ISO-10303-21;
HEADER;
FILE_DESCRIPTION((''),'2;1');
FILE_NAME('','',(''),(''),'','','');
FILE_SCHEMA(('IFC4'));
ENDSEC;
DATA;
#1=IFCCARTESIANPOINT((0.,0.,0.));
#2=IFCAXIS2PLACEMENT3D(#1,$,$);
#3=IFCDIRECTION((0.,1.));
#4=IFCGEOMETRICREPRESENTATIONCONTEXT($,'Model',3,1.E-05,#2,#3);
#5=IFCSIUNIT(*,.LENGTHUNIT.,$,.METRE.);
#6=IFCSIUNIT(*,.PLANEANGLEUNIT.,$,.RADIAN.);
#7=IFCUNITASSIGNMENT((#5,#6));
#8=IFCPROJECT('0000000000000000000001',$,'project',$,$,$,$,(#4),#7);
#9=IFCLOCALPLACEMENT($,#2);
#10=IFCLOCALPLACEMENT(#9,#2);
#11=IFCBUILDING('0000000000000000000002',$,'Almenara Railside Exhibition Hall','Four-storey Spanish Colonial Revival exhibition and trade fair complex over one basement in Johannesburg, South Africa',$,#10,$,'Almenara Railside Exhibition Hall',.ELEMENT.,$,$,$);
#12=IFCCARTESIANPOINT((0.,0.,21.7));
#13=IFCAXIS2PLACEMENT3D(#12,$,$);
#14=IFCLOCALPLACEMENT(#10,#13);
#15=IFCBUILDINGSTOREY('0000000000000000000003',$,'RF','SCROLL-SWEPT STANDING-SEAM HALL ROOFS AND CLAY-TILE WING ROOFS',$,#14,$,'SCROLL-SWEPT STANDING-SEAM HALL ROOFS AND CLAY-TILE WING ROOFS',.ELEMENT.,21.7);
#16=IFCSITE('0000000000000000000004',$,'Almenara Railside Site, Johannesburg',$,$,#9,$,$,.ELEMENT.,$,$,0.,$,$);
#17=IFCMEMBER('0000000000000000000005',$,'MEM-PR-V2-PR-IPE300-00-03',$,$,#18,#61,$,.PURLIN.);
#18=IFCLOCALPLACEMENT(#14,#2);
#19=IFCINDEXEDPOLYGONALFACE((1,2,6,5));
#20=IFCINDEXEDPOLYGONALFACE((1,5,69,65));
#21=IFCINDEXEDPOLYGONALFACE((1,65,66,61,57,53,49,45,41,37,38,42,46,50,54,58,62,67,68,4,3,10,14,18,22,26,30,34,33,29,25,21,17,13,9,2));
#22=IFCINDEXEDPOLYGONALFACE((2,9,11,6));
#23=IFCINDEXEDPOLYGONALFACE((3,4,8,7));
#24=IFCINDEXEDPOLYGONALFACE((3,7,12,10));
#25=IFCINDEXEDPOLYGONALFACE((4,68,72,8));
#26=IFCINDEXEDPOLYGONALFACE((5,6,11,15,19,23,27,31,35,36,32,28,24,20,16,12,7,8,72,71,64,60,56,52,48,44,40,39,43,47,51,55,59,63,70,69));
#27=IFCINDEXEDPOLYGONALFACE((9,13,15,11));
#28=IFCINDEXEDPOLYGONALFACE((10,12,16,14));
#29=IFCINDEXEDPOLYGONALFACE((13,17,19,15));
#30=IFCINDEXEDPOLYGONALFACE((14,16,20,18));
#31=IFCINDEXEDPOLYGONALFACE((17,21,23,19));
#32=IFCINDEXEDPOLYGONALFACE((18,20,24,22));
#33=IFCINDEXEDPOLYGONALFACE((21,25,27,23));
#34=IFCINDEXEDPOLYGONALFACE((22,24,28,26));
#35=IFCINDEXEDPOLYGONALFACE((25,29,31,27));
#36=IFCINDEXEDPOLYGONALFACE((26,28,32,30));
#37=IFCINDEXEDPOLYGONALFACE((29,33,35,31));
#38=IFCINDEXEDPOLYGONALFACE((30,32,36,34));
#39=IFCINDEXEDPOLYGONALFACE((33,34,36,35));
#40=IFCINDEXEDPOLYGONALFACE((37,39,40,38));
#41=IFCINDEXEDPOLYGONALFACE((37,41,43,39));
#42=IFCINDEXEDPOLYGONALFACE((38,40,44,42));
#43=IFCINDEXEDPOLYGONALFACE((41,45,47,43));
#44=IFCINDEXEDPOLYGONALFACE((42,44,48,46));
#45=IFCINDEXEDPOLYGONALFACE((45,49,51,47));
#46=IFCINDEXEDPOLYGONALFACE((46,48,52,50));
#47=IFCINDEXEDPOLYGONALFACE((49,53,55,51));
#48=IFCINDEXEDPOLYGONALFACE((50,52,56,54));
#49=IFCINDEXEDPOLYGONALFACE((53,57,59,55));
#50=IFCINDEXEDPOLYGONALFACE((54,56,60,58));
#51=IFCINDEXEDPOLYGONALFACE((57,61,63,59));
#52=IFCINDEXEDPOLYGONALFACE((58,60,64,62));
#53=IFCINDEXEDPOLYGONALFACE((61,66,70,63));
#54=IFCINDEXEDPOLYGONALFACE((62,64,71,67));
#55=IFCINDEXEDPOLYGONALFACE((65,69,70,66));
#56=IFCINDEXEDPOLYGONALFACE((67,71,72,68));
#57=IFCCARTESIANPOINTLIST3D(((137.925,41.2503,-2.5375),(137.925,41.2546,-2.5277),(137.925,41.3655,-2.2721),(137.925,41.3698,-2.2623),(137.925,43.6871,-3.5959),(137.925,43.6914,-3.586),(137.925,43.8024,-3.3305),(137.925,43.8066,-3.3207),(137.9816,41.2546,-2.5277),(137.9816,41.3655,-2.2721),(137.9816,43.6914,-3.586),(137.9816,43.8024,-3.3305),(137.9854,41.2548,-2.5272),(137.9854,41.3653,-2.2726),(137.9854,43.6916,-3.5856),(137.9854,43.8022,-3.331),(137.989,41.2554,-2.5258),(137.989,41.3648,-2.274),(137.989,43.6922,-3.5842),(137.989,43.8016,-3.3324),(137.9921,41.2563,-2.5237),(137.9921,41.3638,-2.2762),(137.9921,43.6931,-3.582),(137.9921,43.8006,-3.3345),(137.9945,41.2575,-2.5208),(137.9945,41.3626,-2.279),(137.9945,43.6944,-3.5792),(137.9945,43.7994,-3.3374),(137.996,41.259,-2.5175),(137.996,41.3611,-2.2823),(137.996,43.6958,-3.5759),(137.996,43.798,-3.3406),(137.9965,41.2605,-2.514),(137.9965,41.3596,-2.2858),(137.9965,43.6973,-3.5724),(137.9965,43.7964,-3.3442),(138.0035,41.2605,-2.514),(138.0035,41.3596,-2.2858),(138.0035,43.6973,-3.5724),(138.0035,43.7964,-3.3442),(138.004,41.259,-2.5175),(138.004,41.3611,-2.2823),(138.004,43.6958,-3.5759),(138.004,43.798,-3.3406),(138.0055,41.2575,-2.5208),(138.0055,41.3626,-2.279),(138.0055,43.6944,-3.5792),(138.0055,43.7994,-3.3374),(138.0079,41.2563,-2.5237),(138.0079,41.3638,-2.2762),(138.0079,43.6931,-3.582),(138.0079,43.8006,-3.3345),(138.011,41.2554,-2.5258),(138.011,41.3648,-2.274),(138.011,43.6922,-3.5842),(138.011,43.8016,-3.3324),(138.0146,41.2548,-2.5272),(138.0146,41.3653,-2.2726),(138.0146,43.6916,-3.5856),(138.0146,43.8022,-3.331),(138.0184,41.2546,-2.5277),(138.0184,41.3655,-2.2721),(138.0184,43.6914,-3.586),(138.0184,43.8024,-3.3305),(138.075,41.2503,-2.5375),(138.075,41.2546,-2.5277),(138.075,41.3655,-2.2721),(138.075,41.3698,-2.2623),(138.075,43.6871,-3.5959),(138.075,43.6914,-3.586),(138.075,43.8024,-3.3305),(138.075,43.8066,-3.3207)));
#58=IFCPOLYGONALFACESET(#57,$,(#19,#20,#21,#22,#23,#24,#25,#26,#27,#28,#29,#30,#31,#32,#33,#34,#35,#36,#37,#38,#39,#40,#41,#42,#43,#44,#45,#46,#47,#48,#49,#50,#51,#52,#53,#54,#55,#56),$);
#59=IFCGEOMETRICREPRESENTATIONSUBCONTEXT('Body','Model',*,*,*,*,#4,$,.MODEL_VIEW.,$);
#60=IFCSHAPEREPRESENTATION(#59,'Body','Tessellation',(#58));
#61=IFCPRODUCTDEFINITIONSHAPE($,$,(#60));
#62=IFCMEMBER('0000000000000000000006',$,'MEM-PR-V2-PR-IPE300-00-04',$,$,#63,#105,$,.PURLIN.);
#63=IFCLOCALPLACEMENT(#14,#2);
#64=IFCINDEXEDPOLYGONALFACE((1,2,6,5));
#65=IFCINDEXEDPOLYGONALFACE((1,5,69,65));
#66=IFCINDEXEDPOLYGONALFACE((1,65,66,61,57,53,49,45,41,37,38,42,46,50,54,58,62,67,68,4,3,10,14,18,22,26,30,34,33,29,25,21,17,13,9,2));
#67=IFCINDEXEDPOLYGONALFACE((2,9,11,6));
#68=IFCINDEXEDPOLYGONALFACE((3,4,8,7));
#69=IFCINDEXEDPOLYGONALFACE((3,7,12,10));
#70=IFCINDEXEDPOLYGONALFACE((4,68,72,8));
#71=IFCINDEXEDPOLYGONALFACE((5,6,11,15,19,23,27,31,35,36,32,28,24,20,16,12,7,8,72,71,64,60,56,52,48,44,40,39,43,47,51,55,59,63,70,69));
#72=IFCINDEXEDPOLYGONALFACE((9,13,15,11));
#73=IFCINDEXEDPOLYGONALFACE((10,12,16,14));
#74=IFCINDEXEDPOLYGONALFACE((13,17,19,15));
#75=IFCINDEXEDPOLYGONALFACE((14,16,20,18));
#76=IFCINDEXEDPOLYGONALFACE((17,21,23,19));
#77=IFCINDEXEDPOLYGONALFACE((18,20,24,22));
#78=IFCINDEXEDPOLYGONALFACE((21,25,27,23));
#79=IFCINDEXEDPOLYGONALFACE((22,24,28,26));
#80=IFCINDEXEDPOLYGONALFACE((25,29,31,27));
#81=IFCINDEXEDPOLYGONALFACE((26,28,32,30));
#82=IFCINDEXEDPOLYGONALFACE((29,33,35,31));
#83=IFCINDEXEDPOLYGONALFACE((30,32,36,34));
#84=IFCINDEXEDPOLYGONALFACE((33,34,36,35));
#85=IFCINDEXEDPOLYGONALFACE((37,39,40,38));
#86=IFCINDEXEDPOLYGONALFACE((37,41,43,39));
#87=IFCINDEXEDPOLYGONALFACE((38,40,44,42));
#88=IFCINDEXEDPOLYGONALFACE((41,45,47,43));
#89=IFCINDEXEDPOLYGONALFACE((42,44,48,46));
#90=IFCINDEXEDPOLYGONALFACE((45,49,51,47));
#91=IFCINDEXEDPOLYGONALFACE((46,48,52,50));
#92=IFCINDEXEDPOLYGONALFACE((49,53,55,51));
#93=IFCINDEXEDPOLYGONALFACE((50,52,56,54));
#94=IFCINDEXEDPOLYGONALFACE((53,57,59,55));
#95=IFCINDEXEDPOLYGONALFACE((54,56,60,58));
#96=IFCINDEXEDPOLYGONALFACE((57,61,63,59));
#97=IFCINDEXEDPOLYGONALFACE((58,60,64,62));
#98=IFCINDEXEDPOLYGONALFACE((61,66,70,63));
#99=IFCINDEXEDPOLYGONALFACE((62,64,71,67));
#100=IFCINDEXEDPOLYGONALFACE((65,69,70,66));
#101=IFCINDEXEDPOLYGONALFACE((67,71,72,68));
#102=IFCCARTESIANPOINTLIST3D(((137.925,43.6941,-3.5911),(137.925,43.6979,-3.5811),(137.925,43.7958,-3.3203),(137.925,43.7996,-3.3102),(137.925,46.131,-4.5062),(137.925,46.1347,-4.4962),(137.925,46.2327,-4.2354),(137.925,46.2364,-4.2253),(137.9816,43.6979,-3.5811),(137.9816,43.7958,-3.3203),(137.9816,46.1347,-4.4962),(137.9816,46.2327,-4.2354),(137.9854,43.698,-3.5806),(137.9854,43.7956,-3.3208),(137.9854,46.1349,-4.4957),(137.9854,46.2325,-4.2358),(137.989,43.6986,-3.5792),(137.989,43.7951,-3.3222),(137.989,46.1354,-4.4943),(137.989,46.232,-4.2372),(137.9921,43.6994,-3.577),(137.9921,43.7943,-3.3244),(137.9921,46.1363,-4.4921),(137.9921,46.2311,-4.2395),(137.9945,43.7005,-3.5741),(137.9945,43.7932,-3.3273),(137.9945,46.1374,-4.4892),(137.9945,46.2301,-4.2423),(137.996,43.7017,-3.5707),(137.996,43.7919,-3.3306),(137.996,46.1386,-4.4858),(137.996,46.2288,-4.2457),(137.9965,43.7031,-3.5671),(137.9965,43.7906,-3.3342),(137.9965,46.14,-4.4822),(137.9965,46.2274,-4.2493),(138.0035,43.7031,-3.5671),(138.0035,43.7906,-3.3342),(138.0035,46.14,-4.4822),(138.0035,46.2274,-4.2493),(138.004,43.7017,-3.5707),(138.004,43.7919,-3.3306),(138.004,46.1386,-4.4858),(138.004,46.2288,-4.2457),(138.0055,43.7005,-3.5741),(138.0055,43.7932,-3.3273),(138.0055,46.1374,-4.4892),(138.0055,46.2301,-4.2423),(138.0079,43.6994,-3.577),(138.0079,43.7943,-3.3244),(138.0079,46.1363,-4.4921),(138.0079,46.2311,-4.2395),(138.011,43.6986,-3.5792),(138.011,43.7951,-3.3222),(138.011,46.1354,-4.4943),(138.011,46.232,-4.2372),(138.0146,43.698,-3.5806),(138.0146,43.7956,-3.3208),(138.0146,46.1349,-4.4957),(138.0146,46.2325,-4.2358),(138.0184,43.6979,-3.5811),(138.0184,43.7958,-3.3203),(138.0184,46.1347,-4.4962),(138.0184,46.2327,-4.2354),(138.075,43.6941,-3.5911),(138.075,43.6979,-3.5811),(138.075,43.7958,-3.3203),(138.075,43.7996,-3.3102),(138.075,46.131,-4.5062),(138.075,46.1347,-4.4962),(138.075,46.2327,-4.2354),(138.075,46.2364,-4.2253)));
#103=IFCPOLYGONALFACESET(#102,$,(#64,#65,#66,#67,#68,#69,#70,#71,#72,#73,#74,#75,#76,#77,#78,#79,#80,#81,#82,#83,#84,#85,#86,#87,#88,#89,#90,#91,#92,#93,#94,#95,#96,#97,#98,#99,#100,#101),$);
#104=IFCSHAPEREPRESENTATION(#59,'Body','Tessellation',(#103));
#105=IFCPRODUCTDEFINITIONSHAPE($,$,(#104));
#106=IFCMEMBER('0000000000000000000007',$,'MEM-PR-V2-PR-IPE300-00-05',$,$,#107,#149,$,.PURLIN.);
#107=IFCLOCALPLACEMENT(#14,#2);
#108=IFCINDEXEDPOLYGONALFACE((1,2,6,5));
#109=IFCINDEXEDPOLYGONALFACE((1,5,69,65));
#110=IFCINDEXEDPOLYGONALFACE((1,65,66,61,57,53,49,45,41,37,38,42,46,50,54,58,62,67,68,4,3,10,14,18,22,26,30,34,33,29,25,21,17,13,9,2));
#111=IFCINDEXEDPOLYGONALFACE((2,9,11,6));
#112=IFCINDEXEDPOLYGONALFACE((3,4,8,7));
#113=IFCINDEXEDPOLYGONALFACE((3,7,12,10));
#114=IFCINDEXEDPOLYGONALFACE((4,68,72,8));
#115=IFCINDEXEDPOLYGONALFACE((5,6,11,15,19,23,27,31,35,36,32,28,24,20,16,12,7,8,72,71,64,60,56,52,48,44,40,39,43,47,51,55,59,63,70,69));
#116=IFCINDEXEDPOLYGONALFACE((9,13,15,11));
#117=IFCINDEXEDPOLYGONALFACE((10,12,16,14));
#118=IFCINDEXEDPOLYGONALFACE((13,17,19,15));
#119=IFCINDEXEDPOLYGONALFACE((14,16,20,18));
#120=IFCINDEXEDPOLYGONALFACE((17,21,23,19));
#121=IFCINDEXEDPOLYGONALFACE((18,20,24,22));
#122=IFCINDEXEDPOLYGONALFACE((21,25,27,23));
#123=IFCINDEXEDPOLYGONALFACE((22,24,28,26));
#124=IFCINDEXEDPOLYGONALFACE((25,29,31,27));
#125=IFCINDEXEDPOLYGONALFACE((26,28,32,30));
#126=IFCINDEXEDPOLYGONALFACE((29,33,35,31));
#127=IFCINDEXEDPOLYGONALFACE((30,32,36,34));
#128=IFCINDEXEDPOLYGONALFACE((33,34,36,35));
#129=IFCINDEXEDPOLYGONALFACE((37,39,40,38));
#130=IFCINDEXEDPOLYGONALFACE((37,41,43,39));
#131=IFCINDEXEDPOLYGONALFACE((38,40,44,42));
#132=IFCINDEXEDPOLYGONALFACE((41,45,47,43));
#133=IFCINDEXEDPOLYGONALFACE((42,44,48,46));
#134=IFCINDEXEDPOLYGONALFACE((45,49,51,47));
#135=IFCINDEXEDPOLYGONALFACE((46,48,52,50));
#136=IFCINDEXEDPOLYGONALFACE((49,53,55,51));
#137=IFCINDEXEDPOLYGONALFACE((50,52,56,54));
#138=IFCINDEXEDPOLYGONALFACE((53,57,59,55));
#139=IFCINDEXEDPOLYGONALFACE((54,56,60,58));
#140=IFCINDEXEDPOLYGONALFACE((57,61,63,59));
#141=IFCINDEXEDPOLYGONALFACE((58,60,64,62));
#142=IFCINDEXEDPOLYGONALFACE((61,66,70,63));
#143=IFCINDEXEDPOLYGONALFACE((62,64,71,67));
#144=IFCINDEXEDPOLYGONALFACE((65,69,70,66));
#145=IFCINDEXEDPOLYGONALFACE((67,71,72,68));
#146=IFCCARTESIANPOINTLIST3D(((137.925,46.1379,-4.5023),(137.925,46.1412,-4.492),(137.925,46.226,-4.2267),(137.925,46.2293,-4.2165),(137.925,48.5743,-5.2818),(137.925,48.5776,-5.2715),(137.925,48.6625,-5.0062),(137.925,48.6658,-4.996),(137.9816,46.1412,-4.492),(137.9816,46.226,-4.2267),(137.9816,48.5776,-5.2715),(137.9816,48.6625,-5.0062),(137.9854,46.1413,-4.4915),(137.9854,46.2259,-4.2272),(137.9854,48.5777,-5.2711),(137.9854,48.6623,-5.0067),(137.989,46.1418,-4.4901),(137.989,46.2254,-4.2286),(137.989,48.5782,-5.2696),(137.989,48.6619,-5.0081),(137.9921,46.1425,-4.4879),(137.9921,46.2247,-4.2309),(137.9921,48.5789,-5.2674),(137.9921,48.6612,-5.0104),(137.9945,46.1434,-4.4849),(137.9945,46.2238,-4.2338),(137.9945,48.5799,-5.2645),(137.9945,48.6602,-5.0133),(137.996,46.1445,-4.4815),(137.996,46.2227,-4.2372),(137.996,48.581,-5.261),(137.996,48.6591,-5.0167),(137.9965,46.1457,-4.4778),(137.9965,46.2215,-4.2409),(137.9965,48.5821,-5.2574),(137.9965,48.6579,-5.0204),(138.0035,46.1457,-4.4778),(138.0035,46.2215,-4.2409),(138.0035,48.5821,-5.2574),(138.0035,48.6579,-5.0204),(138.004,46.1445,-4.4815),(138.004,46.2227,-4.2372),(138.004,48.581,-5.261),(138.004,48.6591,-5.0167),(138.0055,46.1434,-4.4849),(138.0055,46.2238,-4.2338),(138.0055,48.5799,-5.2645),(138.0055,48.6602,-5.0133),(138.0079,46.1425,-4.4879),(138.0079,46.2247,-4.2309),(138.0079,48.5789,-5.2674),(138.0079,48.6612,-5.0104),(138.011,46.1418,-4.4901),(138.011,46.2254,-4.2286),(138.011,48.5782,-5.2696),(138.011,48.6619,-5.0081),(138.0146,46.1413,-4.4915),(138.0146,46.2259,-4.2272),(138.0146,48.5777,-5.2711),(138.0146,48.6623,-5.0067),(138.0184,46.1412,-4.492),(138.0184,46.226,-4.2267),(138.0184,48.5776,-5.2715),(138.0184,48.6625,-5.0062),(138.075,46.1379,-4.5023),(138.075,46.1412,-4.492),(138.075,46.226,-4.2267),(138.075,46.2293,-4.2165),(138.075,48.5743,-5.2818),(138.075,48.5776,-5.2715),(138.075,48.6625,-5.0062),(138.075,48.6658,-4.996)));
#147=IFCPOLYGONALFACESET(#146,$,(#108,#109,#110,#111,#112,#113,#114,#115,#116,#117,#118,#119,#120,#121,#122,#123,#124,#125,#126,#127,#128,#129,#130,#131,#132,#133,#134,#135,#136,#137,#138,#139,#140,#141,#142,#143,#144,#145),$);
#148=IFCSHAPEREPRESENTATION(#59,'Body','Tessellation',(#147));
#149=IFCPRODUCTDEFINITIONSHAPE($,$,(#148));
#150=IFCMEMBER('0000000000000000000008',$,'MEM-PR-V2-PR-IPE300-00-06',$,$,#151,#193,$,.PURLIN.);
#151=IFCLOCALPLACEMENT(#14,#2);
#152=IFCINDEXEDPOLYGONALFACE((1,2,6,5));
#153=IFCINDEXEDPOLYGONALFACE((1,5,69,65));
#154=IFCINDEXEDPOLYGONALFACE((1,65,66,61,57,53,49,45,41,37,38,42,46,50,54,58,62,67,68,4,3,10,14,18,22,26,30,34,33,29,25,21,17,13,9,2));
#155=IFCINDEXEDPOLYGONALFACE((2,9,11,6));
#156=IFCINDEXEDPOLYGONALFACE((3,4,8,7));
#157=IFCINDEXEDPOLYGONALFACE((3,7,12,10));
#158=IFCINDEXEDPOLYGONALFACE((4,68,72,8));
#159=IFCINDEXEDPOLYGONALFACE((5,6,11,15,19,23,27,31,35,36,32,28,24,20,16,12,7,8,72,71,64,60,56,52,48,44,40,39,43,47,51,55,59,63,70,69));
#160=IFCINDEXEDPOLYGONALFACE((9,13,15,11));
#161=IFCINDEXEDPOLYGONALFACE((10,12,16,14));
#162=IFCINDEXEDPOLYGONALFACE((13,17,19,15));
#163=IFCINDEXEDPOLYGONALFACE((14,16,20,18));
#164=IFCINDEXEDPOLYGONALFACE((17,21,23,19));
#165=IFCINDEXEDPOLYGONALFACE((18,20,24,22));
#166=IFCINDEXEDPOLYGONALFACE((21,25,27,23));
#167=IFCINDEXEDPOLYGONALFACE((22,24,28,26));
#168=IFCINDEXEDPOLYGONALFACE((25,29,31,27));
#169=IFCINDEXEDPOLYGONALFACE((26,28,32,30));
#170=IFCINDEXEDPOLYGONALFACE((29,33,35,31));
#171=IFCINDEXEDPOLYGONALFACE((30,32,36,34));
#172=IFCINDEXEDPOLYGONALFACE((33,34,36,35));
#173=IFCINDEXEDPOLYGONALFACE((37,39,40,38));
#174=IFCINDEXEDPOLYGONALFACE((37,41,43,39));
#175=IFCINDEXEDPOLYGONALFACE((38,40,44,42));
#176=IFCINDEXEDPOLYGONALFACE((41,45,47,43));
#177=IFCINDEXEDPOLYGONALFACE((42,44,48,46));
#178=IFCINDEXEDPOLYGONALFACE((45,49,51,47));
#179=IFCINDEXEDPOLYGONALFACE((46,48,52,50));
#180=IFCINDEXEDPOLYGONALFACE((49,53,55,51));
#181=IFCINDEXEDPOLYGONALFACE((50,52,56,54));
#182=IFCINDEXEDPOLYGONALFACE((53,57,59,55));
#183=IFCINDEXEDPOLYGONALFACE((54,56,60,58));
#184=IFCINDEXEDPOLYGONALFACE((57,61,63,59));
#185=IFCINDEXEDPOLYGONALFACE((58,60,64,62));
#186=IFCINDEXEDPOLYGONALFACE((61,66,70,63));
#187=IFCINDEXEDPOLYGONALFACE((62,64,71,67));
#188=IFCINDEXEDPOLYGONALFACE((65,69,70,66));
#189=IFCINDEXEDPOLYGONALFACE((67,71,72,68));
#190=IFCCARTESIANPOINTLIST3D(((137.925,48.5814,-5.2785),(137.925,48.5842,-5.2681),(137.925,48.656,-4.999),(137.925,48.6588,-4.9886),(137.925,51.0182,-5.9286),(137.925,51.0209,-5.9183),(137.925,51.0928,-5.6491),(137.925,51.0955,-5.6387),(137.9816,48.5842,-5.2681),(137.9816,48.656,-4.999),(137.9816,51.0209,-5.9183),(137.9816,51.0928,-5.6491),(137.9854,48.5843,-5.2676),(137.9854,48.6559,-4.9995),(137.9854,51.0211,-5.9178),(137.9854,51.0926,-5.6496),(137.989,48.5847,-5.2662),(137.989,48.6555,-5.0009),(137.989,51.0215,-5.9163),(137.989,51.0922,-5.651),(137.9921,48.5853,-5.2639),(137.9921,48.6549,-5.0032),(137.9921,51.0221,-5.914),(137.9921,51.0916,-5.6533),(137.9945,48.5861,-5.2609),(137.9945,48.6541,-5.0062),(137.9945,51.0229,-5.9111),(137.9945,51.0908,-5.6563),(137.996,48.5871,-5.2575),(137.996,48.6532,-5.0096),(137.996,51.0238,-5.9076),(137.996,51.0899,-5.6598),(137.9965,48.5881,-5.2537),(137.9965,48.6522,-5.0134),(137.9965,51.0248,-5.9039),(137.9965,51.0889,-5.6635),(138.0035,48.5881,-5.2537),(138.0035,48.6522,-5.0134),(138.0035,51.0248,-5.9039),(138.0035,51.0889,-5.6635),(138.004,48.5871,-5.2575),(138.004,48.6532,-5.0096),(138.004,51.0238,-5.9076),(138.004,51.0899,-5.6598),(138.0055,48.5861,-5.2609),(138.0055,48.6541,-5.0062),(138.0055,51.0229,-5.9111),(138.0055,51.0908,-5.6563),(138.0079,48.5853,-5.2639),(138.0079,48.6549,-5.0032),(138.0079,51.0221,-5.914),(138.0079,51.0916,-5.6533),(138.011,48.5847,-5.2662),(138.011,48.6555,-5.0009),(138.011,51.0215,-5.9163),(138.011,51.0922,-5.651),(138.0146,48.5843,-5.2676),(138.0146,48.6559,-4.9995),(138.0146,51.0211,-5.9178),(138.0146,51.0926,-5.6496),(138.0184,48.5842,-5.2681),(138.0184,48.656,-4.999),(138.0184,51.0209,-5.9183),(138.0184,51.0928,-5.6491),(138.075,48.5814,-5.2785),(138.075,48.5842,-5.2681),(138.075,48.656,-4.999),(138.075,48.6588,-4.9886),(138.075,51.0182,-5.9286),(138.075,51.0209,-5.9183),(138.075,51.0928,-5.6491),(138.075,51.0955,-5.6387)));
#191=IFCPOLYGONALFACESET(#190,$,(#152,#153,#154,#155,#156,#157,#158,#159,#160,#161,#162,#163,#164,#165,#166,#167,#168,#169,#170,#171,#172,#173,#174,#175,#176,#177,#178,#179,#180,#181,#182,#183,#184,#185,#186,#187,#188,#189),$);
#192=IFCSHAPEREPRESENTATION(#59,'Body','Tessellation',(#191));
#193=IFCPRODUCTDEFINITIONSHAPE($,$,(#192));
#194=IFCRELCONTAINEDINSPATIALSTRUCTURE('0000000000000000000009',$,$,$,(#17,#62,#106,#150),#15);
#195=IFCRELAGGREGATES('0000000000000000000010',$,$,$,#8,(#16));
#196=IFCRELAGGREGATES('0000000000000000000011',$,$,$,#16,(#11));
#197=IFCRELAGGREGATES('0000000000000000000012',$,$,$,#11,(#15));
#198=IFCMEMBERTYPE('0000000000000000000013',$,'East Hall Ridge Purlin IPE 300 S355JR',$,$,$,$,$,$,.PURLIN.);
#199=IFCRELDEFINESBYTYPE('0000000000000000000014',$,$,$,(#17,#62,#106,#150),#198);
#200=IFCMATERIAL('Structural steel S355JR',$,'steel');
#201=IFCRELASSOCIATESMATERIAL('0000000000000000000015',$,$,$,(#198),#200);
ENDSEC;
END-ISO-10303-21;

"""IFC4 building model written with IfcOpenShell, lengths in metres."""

from ifc_helpers import new_model, si_unit, direction, frame, origin, origin_2d, place, context, subcontext, project, spatial, i_section, extrude, material, material_profile, profile_set, type_object, element, save


model = new_model("IFC4")

# Units and contexts
model_context = context("Model", 3, precision=1e-05, world=origin(), true_north=direction((0.0, 1.0)))
body_context = subcontext(model_context, "Body", "Model", "MODEL_VIEW")
ifc_project = project(units=[si_unit("LENGTHUNIT", "METRE"), si_unit("PLANEANGLEUNIT", "RADIAN")], contexts=[model_context])

# Site, building, storey
site_placement = place(None, origin())
site = spatial("IfcSite", under=ifc_project, at=site_placement, Name="Almenara Railside Site, Johannesburg", CompositionType="ELEMENT", RefElevation=0.0)
building_placement = place(site_placement, origin())
building = spatial("IfcBuilding", under=site, at=building_placement, Name="Almenara Railside Exhibition Hall", Description="Four-storey Spanish Colonial Revival exhibition and trade fair complex over one basement in Johannesburg, South Africa", LongName="Almenara Railside Exhibition Hall", CompositionType="ELEMENT")
storey_placement = place(building_placement, frame((0.0, 0.0, 21.7)))
storey = spatial("IfcBuildingStorey", under=building, at=storey_placement, Name="RF", Description="SCROLL-SWEPT STANDING-SEAM HALL ROOFS AND CLAY-TILE WING ROOFS", LongName="SCROLL-SWEPT STANDING-SEAM HALL ROOFS AND CLAY-TILE WING ROOFS", CompositionType="ELEMENT", Elevation=21.7)

# Shared definitions
ifc_material_1 = material(Name="Structural steel S355JR", Category="steel")

# Members
ifc_material_profile_1 = material_profile(ifc_material_1, i_section(OverallWidth=0.1499, OverallDepth=0.3, WebThickness=0.0071, FlangeThickness=0.0107, FilletRadius=0.0149, at=origin_2d()), Name="IPE 300")
ifc_profile_set_1 = profile_set([ifc_material_profile_1], Name="Structural steel S355JR")
member_type_1 = type_object("IfcMemberType", Name="East Hall Ridge Purlin IPE 300 S355JR", PredefinedType="PURLIN", material=ifc_profile_set_1)
member_1_placement = place(storey_placement, frame((138.0, 41.3101, -2.3999), z_axis=(0.0, 0.917223, -0.398373), x_axis=(-1.0, 0.0, 0.0)))
element("IfcMember", 1, at=member_1_placement, inside=storey, type_object=member_type_1, Name="MEM-PR-V2-PR-IPE300-00-03", PredefinedType="PURLIN", context=body_context, shape_type="SweptSolid", body=[
    extrude(i_section(OverallWidth=0.1499, OverallDepth=0.3, WebThickness=0.0071, FlangeThickness=0.0107, FilletRadius=0.0149, at=origin_2d()), origin(), (0.0, 0.0, 1.0), 2.6567),
])
member_2_placement = place(storey_placement, frame((138.0, 43.7468, -3.4507), z_axis=(0.0, 0.936171, -0.351545), x_axis=(-1.0, 0.0, 0.0)))
element("IfcMember", 2, at=member_2_placement, inside=storey, type_object=member_type_1, Name="MEM-PR-V2-PR-IPE300-00-04", PredefinedType="PURLIN", context=body_context, shape_type="SweptSolid", body=[
    extrude(i_section(OverallWidth=0.1499, OverallDepth=0.3, WebThickness=0.0071, FlangeThickness=0.0107, FilletRadius=0.0149, at=origin_2d()), origin(), (0.0, 0.0, 1.0), 2.603),
])
member_3_placement = place(storey_placement, frame((138.0, 46.1836, -4.3594), z_axis=(0.0, 0.952441, -0.304724), x_axis=(-1.0, 0.0, 0.0)))
element("IfcMember", 3, at=member_3_placement, inside=storey, type_object=member_type_1, Name="MEM-PR-V2-PR-IPE300-00-05", PredefinedType="PURLIN", context=body_context, shape_type="SweptSolid", body=[
    extrude(i_section(OverallWidth=0.1499, OverallDepth=0.3, WebThickness=0.0071, FlangeThickness=0.0107, FilletRadius=0.0149, at=origin_2d()), origin(), (0.0, 0.0, 1.0), 2.5581),
])
member_4_placement = place(storey_placement, frame((138.0, 48.6201, -5.1335), z_axis=(0.0, 0.966201, -0.257789), x_axis=(-1.0, 0.0, 0.0)))
element("IfcMember", 4, at=member_4_placement, inside=storey, type_object=member_type_1, Name="MEM-PR-V2-PR-IPE300-00-06", PredefinedType="PURLIN", context=body_context, shape_type="SweptSolid", body=[
    extrude(i_section(OverallWidth=0.1499, OverallDepth=0.3, WebThickness=0.0071, FlangeThickness=0.0107, FilletRadius=0.0149, at=origin_2d()), origin(), (0.0, 0.0, 1.0), 2.522),
])

save(model, "model.ifc")
